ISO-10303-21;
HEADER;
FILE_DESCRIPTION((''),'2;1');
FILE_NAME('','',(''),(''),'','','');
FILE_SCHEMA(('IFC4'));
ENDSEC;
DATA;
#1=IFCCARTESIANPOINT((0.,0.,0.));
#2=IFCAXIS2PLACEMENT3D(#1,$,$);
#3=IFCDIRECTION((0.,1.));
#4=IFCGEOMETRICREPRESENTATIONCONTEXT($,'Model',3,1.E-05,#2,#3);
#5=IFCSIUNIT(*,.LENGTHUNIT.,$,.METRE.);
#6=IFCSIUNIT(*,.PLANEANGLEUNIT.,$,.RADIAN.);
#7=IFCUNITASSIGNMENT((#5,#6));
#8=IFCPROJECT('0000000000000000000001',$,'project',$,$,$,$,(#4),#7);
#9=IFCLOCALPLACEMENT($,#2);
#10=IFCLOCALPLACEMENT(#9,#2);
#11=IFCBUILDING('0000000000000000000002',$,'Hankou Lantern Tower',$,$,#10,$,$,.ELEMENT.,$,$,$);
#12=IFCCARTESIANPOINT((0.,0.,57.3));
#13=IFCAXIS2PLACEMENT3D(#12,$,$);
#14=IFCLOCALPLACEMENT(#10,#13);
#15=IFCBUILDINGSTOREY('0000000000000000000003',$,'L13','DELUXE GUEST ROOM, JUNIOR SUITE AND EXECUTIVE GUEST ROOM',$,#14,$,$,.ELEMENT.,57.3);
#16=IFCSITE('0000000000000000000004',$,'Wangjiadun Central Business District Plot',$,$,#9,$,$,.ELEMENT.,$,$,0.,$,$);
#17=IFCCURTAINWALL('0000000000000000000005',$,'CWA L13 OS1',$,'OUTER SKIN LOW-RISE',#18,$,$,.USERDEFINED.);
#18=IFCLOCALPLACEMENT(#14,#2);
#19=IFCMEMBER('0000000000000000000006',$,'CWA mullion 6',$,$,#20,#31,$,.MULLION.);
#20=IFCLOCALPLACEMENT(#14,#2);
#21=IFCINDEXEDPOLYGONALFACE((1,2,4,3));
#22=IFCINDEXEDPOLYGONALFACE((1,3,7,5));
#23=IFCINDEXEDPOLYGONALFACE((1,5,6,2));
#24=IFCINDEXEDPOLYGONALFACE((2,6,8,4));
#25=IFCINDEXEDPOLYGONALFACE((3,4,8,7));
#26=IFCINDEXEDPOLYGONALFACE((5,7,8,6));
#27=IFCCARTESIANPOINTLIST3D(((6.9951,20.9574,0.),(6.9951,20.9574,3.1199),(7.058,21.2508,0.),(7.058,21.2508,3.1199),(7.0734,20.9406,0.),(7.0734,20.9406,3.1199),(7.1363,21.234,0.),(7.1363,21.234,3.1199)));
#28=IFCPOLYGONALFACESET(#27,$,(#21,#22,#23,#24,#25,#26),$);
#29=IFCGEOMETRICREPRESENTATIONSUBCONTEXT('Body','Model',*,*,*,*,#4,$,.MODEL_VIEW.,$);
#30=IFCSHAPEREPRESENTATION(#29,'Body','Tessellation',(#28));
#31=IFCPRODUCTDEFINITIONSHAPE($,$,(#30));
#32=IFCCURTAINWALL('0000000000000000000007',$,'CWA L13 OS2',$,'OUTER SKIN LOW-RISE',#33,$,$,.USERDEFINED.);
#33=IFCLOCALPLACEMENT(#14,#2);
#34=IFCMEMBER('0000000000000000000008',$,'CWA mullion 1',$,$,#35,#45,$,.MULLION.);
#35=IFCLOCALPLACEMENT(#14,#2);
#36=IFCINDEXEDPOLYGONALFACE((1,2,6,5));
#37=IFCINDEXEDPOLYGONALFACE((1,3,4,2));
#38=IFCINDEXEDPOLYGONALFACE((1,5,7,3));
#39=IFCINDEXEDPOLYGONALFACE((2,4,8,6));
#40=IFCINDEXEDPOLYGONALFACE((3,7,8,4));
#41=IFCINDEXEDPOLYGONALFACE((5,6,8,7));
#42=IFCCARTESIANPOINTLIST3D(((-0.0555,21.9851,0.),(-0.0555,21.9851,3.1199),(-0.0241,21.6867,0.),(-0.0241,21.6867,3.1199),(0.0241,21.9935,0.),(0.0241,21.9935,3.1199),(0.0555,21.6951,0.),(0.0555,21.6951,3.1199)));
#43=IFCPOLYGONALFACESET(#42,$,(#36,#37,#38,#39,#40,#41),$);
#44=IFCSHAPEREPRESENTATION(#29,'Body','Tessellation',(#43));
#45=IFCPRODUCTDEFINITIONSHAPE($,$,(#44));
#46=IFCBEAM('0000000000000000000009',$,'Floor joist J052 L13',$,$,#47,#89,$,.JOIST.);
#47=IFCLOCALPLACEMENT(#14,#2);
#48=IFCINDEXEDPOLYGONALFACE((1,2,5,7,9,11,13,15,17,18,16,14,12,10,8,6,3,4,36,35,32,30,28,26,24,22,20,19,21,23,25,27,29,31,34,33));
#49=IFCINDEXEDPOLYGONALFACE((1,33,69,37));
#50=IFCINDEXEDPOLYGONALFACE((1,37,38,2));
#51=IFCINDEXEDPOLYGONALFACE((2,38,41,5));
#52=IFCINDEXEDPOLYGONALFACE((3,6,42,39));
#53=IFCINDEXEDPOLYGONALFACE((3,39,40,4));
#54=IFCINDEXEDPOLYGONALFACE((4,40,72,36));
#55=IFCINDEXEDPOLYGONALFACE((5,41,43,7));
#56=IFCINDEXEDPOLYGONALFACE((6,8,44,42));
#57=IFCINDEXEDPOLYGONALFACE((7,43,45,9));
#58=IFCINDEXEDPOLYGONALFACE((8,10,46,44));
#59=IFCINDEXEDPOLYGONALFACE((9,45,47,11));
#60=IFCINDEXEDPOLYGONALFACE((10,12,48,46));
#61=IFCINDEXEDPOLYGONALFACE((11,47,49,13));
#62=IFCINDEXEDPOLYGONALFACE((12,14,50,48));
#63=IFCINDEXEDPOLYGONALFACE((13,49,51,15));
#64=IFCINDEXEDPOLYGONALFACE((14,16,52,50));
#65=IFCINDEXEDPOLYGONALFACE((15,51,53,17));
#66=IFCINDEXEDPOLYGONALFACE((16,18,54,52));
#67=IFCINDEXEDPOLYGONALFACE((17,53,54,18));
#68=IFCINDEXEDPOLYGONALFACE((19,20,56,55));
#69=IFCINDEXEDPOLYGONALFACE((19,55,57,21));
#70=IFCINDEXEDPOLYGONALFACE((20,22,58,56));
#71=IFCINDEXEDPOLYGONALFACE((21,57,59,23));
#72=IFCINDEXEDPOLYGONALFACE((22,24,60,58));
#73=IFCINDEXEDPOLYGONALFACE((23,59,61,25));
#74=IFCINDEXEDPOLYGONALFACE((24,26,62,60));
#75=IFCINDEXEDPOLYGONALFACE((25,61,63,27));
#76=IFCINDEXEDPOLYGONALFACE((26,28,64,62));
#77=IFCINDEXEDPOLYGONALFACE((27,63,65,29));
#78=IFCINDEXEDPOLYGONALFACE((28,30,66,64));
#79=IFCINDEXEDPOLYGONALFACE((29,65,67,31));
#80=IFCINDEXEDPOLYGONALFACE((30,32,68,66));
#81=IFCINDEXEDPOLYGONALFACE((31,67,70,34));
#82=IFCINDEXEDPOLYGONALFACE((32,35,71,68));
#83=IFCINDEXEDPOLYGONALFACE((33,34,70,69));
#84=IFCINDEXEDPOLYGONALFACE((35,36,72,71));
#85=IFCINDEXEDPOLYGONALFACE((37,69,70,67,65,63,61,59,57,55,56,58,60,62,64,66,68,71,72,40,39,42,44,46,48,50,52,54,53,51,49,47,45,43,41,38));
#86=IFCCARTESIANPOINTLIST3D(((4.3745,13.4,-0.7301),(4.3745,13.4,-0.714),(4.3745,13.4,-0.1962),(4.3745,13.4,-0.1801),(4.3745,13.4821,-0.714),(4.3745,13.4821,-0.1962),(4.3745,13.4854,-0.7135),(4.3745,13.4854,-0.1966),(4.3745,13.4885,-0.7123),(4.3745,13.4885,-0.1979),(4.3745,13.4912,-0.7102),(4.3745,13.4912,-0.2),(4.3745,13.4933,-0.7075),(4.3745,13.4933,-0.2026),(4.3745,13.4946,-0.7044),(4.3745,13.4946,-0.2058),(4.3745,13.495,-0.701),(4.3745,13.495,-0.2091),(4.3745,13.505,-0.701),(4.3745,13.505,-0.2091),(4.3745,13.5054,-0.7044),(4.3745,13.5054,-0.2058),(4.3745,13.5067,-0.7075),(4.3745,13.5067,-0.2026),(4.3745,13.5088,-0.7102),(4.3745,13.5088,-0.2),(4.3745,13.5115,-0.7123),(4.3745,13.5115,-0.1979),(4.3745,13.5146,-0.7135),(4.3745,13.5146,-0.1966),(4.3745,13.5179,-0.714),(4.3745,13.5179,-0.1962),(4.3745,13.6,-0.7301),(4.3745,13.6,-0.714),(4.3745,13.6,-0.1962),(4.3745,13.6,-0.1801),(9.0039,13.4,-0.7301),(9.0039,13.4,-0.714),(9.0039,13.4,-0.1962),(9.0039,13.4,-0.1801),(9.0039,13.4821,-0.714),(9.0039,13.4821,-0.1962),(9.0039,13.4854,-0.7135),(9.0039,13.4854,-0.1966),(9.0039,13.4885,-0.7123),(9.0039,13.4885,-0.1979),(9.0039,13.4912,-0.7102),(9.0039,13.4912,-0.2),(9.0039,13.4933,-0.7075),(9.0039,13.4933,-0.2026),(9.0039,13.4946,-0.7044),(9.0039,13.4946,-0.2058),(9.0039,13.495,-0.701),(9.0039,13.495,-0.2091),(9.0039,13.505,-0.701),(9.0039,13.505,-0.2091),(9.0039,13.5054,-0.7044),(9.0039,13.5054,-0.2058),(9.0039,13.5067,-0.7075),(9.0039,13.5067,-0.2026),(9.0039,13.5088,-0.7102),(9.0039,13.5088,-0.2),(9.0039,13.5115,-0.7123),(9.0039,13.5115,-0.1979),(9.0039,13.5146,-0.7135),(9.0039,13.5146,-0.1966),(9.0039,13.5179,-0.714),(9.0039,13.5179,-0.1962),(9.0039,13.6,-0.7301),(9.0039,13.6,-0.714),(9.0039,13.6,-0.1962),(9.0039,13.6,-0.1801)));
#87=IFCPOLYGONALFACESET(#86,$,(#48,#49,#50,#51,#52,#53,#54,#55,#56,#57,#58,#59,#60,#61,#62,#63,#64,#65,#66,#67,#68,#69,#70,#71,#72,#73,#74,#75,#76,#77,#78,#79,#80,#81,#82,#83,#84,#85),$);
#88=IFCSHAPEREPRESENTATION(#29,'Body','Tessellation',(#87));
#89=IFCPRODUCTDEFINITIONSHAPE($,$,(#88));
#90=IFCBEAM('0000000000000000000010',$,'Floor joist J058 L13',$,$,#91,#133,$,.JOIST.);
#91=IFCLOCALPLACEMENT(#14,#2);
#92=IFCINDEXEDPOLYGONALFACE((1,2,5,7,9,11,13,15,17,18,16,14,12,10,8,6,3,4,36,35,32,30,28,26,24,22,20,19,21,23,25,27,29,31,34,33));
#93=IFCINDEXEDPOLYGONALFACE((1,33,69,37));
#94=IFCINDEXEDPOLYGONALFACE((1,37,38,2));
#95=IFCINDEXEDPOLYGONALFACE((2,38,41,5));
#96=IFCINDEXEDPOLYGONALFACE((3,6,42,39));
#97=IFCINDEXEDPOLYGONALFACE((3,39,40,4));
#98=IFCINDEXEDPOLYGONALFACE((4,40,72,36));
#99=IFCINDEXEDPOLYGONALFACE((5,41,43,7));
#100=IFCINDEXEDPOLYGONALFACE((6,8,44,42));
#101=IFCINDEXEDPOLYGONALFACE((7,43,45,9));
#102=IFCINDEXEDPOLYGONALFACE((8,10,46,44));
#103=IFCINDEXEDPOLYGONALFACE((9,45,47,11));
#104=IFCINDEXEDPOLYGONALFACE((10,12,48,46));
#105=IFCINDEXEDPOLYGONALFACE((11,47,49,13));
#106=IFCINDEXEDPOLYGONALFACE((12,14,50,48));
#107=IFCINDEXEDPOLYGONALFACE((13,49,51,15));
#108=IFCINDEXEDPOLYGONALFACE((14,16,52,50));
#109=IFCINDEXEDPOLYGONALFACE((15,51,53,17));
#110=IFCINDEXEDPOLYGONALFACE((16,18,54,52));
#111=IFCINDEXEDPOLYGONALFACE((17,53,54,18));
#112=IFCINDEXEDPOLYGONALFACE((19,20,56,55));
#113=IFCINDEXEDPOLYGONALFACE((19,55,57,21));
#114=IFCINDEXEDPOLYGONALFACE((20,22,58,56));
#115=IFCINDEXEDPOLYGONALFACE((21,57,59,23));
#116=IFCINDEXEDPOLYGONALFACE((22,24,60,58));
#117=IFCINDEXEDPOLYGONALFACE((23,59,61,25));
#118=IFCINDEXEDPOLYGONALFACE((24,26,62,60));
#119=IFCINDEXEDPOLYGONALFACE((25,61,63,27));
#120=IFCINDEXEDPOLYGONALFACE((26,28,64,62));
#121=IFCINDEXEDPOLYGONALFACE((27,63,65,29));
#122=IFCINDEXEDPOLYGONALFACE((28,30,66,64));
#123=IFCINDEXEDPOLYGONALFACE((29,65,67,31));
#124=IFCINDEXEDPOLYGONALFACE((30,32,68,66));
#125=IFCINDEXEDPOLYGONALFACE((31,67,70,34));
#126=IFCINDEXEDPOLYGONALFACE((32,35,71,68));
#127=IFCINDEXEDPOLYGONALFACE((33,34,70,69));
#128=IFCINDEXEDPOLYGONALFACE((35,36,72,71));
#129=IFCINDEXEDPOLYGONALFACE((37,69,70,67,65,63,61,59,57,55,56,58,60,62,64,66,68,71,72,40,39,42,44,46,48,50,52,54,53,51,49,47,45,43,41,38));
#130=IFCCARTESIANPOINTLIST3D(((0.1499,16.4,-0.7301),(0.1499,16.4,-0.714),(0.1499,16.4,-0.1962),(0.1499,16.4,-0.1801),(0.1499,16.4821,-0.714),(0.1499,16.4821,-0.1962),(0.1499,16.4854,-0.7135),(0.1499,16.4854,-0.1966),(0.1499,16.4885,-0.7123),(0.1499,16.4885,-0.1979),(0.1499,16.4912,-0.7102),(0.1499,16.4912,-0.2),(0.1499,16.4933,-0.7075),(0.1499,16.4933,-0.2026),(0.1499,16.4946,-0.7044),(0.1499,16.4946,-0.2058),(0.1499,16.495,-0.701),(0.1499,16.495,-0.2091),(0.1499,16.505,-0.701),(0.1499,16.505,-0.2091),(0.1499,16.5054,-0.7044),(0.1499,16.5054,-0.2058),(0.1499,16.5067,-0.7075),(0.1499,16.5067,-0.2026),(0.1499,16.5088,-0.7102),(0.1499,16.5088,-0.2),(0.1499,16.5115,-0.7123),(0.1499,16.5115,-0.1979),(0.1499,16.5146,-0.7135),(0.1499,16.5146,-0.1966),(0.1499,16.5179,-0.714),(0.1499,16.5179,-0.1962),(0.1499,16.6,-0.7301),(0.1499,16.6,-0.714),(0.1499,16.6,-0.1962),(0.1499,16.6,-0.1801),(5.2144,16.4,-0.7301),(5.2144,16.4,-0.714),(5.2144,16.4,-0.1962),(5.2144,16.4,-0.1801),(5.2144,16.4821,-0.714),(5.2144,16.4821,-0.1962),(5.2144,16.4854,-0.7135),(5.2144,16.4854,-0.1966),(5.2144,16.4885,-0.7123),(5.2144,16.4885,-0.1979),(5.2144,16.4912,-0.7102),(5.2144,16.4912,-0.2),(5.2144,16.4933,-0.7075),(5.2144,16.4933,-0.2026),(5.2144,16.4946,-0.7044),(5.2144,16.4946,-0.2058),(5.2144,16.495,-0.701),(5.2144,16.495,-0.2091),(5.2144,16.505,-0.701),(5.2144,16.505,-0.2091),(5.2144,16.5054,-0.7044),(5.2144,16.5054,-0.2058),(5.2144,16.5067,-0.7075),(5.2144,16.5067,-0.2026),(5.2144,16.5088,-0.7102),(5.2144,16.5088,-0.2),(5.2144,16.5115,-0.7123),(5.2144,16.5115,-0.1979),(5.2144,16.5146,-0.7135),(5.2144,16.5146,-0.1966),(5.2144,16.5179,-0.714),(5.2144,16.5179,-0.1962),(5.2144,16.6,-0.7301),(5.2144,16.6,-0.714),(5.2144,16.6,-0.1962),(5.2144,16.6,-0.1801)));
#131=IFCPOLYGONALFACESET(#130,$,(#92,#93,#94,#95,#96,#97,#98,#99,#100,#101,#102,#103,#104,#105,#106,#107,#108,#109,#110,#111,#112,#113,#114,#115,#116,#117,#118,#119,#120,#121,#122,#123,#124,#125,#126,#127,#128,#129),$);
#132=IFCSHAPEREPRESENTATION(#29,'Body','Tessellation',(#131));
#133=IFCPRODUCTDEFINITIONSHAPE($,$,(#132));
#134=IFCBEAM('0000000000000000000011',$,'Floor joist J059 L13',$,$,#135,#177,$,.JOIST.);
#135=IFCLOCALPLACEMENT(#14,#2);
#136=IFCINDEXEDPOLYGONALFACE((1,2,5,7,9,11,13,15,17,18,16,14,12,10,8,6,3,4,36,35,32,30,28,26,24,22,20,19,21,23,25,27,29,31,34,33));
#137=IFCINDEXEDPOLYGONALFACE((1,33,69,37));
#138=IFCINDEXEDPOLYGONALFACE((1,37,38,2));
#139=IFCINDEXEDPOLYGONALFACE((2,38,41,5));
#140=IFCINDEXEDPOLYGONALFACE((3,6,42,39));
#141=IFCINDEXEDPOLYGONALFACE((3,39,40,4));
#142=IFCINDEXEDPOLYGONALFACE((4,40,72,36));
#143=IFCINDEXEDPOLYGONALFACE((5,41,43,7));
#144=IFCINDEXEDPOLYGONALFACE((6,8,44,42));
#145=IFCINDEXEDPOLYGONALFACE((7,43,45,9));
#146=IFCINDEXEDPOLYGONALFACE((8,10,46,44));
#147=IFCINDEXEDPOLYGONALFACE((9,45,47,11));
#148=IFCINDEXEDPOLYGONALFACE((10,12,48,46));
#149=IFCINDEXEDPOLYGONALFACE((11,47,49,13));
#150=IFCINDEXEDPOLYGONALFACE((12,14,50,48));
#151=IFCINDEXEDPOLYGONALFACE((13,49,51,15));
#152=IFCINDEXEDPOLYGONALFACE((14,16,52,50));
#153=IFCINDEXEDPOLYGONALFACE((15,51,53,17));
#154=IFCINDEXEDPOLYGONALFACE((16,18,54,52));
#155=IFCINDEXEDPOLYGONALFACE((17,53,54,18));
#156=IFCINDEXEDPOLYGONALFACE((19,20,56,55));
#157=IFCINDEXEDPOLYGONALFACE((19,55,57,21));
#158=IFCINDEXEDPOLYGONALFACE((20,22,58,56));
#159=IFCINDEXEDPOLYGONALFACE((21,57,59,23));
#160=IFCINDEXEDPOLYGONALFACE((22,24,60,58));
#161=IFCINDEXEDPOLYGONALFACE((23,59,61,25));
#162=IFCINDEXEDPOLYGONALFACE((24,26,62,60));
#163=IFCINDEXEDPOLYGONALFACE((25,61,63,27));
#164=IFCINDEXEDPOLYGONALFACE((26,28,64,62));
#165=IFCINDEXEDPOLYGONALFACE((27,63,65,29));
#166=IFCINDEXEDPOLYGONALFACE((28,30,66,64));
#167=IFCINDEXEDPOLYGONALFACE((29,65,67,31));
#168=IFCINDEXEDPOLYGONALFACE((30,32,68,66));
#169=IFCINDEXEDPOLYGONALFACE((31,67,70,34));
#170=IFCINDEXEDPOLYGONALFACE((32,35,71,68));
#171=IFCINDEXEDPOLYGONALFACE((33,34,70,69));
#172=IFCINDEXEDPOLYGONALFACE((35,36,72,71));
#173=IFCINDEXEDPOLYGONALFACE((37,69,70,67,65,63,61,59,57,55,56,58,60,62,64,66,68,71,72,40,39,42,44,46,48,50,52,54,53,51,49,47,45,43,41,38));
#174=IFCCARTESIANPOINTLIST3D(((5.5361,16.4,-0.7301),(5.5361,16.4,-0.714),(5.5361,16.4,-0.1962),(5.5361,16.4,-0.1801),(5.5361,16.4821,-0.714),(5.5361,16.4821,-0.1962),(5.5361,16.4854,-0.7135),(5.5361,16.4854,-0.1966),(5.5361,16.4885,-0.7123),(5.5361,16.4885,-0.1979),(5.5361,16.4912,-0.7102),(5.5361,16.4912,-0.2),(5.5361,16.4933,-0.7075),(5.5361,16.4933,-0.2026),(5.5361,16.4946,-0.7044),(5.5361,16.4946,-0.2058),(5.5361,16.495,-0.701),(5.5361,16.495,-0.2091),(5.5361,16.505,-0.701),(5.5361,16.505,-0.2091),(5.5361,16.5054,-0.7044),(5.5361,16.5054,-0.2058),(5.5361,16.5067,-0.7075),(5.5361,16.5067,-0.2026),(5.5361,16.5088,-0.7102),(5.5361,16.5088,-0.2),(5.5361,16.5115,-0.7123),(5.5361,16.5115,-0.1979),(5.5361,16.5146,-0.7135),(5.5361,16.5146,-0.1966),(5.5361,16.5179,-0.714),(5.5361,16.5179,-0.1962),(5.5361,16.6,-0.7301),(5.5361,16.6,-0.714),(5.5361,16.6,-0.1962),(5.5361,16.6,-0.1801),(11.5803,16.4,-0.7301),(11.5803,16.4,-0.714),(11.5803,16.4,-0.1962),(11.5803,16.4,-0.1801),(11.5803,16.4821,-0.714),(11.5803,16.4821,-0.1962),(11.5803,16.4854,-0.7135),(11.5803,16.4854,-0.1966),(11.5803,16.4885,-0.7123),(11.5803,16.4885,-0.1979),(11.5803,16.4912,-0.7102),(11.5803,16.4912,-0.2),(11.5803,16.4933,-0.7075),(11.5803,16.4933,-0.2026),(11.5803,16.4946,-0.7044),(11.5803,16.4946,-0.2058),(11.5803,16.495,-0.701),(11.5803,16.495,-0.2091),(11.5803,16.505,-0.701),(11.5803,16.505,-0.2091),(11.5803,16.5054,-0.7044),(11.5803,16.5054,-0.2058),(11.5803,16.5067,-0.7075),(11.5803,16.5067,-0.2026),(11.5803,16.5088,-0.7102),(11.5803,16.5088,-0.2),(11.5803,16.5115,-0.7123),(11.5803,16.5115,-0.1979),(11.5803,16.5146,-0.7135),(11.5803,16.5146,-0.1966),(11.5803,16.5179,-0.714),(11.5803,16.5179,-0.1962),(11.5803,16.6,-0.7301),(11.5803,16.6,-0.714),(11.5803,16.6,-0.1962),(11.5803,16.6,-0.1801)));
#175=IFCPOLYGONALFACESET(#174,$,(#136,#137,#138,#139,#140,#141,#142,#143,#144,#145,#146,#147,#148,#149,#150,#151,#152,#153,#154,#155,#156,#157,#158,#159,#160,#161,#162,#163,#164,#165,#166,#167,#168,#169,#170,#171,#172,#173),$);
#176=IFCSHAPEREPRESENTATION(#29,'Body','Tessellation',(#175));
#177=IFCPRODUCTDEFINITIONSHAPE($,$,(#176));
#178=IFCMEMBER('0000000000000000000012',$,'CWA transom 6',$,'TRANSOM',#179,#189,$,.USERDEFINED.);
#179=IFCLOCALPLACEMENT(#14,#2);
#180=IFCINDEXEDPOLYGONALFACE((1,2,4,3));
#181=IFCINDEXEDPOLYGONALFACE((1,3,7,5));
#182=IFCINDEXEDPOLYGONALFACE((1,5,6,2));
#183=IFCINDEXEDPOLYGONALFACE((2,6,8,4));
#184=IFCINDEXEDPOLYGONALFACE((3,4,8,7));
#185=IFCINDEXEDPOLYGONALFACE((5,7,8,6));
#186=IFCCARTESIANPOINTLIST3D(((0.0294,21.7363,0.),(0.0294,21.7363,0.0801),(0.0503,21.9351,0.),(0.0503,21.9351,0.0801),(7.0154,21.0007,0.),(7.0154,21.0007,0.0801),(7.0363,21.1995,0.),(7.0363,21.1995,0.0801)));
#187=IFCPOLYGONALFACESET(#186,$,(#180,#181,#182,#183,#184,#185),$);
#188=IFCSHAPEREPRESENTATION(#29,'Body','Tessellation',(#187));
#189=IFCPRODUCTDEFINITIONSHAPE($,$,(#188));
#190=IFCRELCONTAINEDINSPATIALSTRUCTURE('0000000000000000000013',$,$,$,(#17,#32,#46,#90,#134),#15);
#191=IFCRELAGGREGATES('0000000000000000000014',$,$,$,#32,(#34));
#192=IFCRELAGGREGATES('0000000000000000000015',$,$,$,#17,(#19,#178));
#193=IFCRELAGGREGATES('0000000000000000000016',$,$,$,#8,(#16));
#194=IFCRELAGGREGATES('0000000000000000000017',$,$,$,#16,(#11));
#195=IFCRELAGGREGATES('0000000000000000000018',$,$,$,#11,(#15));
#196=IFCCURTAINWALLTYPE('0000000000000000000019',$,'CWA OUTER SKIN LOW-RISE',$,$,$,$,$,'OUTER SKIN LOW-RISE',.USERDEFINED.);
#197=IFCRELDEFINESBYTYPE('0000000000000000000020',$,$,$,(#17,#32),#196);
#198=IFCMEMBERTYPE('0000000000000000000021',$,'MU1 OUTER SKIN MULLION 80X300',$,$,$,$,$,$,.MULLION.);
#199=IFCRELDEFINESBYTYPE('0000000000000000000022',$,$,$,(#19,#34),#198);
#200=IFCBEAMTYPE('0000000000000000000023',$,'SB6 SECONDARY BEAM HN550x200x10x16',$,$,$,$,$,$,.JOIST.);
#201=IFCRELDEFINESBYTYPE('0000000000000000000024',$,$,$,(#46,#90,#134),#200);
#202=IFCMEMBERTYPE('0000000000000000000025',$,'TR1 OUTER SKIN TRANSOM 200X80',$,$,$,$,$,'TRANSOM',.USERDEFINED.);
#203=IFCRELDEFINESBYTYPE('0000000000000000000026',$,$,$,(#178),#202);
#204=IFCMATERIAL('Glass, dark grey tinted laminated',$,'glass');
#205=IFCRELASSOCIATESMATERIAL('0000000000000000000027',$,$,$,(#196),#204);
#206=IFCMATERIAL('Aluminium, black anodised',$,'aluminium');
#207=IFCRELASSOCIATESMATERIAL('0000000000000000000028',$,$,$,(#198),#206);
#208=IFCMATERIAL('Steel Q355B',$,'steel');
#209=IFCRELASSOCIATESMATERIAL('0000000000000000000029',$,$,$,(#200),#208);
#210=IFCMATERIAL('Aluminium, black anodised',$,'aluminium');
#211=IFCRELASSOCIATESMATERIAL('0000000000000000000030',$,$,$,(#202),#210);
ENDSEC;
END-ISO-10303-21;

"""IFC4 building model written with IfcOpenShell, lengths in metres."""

from ifc_helpers import new_model, si_unit, direction, frame, origin, origin_2d, place, context, subcontext, project, spatial, rectangle, i_section, extrude, material, material_profile, profile_set, type_object, element, aggregate, save


model = new_model("IFC4")

# Units and contexts
model_context = context("Model", 3, precision=1e-05, world=origin(), true_north=direction((0.0, 1.0)))
body_context = subcontext(model_context, "Body", "Model", "MODEL_VIEW")
ifc_project = project(units=[si_unit("LENGTHUNIT", "METRE"), si_unit("PLANEANGLEUNIT", "RADIAN")], contexts=[model_context])

# Site, building, storey
site_placement = place(None, origin())
site = spatial("IfcSite", under=ifc_project, at=site_placement, Name="Wangjiadun Central Business District Plot", CompositionType="ELEMENT", RefElevation=0.0)
building_placement = place(site_placement, origin())
building = spatial("IfcBuilding", under=site, at=building_placement, Name="Hankou Lantern Tower", CompositionType="ELEMENT")
storey_placement = place(building_placement, frame((0.0, 0.0, 57.3)))
storey = spatial("IfcBuildingStorey", under=building, at=storey_placement, Name="L13", Description="DELUXE GUEST ROOM, JUNIOR SUITE AND EXECUTIVE GUEST ROOM", CompositionType="ELEMENT", Elevation=57.3)

# Curtain walls, members
ifc_material_1 = material(Name="Glass, dark grey tinted laminated", Category="glass")
curtain_wall_type = type_object("IfcCurtainWallType", Name="CWA OUTER SKIN LOW-RISE", ElementType="OUTER SKIN LOW-RISE", PredefinedType="USERDEFINED", material=ifc_material_1)
curtain_wall_1_placement = place(storey_placement, origin())
curtain_wall_1 = element("IfcCurtainWall", 1, at=curtain_wall_1_placement, inside=storey, type_object=curtain_wall_type, Name="CWA L13 OS1", ObjectType="OUTER SKIN LOW-RISE", PredefinedType="USERDEFINED")
ifc_material_2 = material(Name="Aluminium, black anodised", Category="aluminium")
ifc_material_profile_1 = material_profile(ifc_material_2, rectangle(XDim=0.0801, YDim=0.3, at=origin_2d()), Name="MU1 80X300")
ifc_profile_set_1 = profile_set([ifc_material_profile_1], Name="Aluminium, black anodised")
member_type_1 = type_object("IfcMemberType", Name="MU1 OUTER SKIN MULLION 80X300", PredefinedType="MULLION", material=ifc_profile_set_1)
member_1_placement = place(storey_placement, frame((7.0657, 21.0957, 0.0), z_axis=(0.0, 0.0, 1.0), x_axis=(-0.977788, 0.209598, 0.0)))
member_1 = element("IfcMember", 2, at=member_1_placement, type_object=member_type_1, Name="CWA mullion 6", PredefinedType="MULLION", context=body_context, shape_type="SweptSolid", body=[
    extrude(rectangle(XDim=0.0801, YDim=0.3, at=origin_2d()), origin(), (0.0, 0.0, 1.0), 3.1199),
])
curtain_wall_2_placement = place(storey_placement, origin())
curtain_wall_2 = element("IfcCurtainWall", 3, at=curtain_wall_2_placement, inside=storey, type_object=curtain_wall_type, Name="CWA L13 OS2", ObjectType="OUTER SKIN LOW-RISE", PredefinedType="USERDEFINED")
member_2_placement = place(storey_placement, frame((0.0, 21.8401, 0.0), z_axis=(0.0, 0.0, 1.0), x_axis=(-0.994499, -0.104743, 0.0)))
member_2 = element("IfcMember", 4, at=member_2_placement, type_object=member_type_1, Name="CWA mullion 1", PredefinedType="MULLION", context=body_context, shape_type="SweptSolid", body=[
    extrude(rectangle(XDim=0.0801, YDim=0.3, at=origin_2d()), origin(), (0.0, 0.0, 1.0), 3.1199),
])

# Beams
ifc_material_3 = material(Name="Steel Q355B", Category="steel")
ifc_material_profile_2 = material_profile(ifc_material_3, i_section(OverallWidth=0.2, OverallDepth=0.55, WebThickness=0.01, FlangeThickness=0.0161, FilletRadius=0.0129, at=origin_2d()), Name="HN550x200x10x16")
ifc_profile_set_2 = profile_set([ifc_material_profile_2], Name="Steel Q355B")
beam_type_1 = type_object("IfcBeamType", Name="SB6 SECONDARY BEAM HN550x200x10x16", PredefinedType="JOIST", material=ifc_profile_set_2)
beam_1_placement = place(storey_placement, frame((4.3745, 13.5, -0.4551), z_axis=(1.0, 0.0, 0.0), x_axis=(0.0, 1.0, 0.0)))
element("IfcBeam", 5, at=beam_1_placement, inside=storey, type_object=beam_type_1, Name="Floor joist J052 L13", PredefinedType="JOIST", context=body_context, shape_type="SweptSolid", body=[
    extrude(i_section(OverallWidth=0.2, OverallDepth=0.55, WebThickness=0.01, FlangeThickness=0.0161, FilletRadius=0.0129, at=origin_2d()), origin(), (0.0, 0.0, 1.0), 4.6294),
])
beam_2_placement = place(storey_placement, frame((0.1499, 16.5, -0.4551), z_axis=(1.0, 0.0, 0.0), x_axis=(0.0, 1.0, 0.0)))
element("IfcBeam", 6, at=beam_2_placement, inside=storey, type_object=beam_type_1, Name="Floor joist J058 L13", PredefinedType="JOIST", context=body_context, shape_type="SweptSolid", body=[
    extrude(i_section(OverallWidth=0.2, OverallDepth=0.55, WebThickness=0.01, FlangeThickness=0.0161, FilletRadius=0.0129, at=origin_2d()), origin(), (0.0, 0.0, 1.0), 5.0645),
])
beam_3_placement = place(storey_placement, frame((5.5361, 16.5, -0.4551), z_axis=(1.0, 0.0, 0.0), x_axis=(0.0, 1.0, 0.0)))
element("IfcBeam", 7, at=beam_3_placement, inside=storey, type_object=beam_type_1, Name="Floor joist J059 L13", PredefinedType="JOIST", context=body_context, shape_type="SweptSolid", body=[
    extrude(i_section(OverallWidth=0.2, OverallDepth=0.55, WebThickness=0.01, FlangeThickness=0.0161, FilletRadius=0.0129, at=origin_2d()), origin(), (0.0, 0.0, 1.0), 6.0442),
])

# Member
ifc_material_4 = material(Name="Aluminium, black anodised", Category="aluminium")
ifc_material_profile_3 = material_profile(ifc_material_4, rectangle(XDim=0.2, YDim=0.0801, at=origin_2d()), Name="TR1 200X80")
ifc_profile_set_3 = profile_set([ifc_material_profile_3], Name="Aluminium, black anodised")
member_type_2 = type_object("IfcMemberType", Name="TR1 OUTER SKIN TRANSOM 200X80", ElementType="TRANSOM", PredefinedType="USERDEFINED", material=ifc_profile_set_3)
member_3_placement = place(storey_placement, frame((7.0259, 21.1001, 0.04), z_axis=(-0.994502, 0.104716, 0.0), x_axis=(-0.104716, -0.994502, 0.0)))
member_3 = element("IfcMember", 8, at=member_3_placement, type_object=member_type_2, Name="CWA transom 6", ObjectType="TRANSOM", PredefinedType="USERDEFINED", context=body_context, shape_type="SweptSolid", body=[
    extrude(rectangle(XDim=0.2, YDim=0.0801, at=origin_2d()), origin(), (0.0, 0.0, 1.0), 7.0247),
])
aggregate(curtain_wall_2, [member_2])

aggregate(curtain_wall_1, [member_1, member_3])

save(model, "model.ifc")
